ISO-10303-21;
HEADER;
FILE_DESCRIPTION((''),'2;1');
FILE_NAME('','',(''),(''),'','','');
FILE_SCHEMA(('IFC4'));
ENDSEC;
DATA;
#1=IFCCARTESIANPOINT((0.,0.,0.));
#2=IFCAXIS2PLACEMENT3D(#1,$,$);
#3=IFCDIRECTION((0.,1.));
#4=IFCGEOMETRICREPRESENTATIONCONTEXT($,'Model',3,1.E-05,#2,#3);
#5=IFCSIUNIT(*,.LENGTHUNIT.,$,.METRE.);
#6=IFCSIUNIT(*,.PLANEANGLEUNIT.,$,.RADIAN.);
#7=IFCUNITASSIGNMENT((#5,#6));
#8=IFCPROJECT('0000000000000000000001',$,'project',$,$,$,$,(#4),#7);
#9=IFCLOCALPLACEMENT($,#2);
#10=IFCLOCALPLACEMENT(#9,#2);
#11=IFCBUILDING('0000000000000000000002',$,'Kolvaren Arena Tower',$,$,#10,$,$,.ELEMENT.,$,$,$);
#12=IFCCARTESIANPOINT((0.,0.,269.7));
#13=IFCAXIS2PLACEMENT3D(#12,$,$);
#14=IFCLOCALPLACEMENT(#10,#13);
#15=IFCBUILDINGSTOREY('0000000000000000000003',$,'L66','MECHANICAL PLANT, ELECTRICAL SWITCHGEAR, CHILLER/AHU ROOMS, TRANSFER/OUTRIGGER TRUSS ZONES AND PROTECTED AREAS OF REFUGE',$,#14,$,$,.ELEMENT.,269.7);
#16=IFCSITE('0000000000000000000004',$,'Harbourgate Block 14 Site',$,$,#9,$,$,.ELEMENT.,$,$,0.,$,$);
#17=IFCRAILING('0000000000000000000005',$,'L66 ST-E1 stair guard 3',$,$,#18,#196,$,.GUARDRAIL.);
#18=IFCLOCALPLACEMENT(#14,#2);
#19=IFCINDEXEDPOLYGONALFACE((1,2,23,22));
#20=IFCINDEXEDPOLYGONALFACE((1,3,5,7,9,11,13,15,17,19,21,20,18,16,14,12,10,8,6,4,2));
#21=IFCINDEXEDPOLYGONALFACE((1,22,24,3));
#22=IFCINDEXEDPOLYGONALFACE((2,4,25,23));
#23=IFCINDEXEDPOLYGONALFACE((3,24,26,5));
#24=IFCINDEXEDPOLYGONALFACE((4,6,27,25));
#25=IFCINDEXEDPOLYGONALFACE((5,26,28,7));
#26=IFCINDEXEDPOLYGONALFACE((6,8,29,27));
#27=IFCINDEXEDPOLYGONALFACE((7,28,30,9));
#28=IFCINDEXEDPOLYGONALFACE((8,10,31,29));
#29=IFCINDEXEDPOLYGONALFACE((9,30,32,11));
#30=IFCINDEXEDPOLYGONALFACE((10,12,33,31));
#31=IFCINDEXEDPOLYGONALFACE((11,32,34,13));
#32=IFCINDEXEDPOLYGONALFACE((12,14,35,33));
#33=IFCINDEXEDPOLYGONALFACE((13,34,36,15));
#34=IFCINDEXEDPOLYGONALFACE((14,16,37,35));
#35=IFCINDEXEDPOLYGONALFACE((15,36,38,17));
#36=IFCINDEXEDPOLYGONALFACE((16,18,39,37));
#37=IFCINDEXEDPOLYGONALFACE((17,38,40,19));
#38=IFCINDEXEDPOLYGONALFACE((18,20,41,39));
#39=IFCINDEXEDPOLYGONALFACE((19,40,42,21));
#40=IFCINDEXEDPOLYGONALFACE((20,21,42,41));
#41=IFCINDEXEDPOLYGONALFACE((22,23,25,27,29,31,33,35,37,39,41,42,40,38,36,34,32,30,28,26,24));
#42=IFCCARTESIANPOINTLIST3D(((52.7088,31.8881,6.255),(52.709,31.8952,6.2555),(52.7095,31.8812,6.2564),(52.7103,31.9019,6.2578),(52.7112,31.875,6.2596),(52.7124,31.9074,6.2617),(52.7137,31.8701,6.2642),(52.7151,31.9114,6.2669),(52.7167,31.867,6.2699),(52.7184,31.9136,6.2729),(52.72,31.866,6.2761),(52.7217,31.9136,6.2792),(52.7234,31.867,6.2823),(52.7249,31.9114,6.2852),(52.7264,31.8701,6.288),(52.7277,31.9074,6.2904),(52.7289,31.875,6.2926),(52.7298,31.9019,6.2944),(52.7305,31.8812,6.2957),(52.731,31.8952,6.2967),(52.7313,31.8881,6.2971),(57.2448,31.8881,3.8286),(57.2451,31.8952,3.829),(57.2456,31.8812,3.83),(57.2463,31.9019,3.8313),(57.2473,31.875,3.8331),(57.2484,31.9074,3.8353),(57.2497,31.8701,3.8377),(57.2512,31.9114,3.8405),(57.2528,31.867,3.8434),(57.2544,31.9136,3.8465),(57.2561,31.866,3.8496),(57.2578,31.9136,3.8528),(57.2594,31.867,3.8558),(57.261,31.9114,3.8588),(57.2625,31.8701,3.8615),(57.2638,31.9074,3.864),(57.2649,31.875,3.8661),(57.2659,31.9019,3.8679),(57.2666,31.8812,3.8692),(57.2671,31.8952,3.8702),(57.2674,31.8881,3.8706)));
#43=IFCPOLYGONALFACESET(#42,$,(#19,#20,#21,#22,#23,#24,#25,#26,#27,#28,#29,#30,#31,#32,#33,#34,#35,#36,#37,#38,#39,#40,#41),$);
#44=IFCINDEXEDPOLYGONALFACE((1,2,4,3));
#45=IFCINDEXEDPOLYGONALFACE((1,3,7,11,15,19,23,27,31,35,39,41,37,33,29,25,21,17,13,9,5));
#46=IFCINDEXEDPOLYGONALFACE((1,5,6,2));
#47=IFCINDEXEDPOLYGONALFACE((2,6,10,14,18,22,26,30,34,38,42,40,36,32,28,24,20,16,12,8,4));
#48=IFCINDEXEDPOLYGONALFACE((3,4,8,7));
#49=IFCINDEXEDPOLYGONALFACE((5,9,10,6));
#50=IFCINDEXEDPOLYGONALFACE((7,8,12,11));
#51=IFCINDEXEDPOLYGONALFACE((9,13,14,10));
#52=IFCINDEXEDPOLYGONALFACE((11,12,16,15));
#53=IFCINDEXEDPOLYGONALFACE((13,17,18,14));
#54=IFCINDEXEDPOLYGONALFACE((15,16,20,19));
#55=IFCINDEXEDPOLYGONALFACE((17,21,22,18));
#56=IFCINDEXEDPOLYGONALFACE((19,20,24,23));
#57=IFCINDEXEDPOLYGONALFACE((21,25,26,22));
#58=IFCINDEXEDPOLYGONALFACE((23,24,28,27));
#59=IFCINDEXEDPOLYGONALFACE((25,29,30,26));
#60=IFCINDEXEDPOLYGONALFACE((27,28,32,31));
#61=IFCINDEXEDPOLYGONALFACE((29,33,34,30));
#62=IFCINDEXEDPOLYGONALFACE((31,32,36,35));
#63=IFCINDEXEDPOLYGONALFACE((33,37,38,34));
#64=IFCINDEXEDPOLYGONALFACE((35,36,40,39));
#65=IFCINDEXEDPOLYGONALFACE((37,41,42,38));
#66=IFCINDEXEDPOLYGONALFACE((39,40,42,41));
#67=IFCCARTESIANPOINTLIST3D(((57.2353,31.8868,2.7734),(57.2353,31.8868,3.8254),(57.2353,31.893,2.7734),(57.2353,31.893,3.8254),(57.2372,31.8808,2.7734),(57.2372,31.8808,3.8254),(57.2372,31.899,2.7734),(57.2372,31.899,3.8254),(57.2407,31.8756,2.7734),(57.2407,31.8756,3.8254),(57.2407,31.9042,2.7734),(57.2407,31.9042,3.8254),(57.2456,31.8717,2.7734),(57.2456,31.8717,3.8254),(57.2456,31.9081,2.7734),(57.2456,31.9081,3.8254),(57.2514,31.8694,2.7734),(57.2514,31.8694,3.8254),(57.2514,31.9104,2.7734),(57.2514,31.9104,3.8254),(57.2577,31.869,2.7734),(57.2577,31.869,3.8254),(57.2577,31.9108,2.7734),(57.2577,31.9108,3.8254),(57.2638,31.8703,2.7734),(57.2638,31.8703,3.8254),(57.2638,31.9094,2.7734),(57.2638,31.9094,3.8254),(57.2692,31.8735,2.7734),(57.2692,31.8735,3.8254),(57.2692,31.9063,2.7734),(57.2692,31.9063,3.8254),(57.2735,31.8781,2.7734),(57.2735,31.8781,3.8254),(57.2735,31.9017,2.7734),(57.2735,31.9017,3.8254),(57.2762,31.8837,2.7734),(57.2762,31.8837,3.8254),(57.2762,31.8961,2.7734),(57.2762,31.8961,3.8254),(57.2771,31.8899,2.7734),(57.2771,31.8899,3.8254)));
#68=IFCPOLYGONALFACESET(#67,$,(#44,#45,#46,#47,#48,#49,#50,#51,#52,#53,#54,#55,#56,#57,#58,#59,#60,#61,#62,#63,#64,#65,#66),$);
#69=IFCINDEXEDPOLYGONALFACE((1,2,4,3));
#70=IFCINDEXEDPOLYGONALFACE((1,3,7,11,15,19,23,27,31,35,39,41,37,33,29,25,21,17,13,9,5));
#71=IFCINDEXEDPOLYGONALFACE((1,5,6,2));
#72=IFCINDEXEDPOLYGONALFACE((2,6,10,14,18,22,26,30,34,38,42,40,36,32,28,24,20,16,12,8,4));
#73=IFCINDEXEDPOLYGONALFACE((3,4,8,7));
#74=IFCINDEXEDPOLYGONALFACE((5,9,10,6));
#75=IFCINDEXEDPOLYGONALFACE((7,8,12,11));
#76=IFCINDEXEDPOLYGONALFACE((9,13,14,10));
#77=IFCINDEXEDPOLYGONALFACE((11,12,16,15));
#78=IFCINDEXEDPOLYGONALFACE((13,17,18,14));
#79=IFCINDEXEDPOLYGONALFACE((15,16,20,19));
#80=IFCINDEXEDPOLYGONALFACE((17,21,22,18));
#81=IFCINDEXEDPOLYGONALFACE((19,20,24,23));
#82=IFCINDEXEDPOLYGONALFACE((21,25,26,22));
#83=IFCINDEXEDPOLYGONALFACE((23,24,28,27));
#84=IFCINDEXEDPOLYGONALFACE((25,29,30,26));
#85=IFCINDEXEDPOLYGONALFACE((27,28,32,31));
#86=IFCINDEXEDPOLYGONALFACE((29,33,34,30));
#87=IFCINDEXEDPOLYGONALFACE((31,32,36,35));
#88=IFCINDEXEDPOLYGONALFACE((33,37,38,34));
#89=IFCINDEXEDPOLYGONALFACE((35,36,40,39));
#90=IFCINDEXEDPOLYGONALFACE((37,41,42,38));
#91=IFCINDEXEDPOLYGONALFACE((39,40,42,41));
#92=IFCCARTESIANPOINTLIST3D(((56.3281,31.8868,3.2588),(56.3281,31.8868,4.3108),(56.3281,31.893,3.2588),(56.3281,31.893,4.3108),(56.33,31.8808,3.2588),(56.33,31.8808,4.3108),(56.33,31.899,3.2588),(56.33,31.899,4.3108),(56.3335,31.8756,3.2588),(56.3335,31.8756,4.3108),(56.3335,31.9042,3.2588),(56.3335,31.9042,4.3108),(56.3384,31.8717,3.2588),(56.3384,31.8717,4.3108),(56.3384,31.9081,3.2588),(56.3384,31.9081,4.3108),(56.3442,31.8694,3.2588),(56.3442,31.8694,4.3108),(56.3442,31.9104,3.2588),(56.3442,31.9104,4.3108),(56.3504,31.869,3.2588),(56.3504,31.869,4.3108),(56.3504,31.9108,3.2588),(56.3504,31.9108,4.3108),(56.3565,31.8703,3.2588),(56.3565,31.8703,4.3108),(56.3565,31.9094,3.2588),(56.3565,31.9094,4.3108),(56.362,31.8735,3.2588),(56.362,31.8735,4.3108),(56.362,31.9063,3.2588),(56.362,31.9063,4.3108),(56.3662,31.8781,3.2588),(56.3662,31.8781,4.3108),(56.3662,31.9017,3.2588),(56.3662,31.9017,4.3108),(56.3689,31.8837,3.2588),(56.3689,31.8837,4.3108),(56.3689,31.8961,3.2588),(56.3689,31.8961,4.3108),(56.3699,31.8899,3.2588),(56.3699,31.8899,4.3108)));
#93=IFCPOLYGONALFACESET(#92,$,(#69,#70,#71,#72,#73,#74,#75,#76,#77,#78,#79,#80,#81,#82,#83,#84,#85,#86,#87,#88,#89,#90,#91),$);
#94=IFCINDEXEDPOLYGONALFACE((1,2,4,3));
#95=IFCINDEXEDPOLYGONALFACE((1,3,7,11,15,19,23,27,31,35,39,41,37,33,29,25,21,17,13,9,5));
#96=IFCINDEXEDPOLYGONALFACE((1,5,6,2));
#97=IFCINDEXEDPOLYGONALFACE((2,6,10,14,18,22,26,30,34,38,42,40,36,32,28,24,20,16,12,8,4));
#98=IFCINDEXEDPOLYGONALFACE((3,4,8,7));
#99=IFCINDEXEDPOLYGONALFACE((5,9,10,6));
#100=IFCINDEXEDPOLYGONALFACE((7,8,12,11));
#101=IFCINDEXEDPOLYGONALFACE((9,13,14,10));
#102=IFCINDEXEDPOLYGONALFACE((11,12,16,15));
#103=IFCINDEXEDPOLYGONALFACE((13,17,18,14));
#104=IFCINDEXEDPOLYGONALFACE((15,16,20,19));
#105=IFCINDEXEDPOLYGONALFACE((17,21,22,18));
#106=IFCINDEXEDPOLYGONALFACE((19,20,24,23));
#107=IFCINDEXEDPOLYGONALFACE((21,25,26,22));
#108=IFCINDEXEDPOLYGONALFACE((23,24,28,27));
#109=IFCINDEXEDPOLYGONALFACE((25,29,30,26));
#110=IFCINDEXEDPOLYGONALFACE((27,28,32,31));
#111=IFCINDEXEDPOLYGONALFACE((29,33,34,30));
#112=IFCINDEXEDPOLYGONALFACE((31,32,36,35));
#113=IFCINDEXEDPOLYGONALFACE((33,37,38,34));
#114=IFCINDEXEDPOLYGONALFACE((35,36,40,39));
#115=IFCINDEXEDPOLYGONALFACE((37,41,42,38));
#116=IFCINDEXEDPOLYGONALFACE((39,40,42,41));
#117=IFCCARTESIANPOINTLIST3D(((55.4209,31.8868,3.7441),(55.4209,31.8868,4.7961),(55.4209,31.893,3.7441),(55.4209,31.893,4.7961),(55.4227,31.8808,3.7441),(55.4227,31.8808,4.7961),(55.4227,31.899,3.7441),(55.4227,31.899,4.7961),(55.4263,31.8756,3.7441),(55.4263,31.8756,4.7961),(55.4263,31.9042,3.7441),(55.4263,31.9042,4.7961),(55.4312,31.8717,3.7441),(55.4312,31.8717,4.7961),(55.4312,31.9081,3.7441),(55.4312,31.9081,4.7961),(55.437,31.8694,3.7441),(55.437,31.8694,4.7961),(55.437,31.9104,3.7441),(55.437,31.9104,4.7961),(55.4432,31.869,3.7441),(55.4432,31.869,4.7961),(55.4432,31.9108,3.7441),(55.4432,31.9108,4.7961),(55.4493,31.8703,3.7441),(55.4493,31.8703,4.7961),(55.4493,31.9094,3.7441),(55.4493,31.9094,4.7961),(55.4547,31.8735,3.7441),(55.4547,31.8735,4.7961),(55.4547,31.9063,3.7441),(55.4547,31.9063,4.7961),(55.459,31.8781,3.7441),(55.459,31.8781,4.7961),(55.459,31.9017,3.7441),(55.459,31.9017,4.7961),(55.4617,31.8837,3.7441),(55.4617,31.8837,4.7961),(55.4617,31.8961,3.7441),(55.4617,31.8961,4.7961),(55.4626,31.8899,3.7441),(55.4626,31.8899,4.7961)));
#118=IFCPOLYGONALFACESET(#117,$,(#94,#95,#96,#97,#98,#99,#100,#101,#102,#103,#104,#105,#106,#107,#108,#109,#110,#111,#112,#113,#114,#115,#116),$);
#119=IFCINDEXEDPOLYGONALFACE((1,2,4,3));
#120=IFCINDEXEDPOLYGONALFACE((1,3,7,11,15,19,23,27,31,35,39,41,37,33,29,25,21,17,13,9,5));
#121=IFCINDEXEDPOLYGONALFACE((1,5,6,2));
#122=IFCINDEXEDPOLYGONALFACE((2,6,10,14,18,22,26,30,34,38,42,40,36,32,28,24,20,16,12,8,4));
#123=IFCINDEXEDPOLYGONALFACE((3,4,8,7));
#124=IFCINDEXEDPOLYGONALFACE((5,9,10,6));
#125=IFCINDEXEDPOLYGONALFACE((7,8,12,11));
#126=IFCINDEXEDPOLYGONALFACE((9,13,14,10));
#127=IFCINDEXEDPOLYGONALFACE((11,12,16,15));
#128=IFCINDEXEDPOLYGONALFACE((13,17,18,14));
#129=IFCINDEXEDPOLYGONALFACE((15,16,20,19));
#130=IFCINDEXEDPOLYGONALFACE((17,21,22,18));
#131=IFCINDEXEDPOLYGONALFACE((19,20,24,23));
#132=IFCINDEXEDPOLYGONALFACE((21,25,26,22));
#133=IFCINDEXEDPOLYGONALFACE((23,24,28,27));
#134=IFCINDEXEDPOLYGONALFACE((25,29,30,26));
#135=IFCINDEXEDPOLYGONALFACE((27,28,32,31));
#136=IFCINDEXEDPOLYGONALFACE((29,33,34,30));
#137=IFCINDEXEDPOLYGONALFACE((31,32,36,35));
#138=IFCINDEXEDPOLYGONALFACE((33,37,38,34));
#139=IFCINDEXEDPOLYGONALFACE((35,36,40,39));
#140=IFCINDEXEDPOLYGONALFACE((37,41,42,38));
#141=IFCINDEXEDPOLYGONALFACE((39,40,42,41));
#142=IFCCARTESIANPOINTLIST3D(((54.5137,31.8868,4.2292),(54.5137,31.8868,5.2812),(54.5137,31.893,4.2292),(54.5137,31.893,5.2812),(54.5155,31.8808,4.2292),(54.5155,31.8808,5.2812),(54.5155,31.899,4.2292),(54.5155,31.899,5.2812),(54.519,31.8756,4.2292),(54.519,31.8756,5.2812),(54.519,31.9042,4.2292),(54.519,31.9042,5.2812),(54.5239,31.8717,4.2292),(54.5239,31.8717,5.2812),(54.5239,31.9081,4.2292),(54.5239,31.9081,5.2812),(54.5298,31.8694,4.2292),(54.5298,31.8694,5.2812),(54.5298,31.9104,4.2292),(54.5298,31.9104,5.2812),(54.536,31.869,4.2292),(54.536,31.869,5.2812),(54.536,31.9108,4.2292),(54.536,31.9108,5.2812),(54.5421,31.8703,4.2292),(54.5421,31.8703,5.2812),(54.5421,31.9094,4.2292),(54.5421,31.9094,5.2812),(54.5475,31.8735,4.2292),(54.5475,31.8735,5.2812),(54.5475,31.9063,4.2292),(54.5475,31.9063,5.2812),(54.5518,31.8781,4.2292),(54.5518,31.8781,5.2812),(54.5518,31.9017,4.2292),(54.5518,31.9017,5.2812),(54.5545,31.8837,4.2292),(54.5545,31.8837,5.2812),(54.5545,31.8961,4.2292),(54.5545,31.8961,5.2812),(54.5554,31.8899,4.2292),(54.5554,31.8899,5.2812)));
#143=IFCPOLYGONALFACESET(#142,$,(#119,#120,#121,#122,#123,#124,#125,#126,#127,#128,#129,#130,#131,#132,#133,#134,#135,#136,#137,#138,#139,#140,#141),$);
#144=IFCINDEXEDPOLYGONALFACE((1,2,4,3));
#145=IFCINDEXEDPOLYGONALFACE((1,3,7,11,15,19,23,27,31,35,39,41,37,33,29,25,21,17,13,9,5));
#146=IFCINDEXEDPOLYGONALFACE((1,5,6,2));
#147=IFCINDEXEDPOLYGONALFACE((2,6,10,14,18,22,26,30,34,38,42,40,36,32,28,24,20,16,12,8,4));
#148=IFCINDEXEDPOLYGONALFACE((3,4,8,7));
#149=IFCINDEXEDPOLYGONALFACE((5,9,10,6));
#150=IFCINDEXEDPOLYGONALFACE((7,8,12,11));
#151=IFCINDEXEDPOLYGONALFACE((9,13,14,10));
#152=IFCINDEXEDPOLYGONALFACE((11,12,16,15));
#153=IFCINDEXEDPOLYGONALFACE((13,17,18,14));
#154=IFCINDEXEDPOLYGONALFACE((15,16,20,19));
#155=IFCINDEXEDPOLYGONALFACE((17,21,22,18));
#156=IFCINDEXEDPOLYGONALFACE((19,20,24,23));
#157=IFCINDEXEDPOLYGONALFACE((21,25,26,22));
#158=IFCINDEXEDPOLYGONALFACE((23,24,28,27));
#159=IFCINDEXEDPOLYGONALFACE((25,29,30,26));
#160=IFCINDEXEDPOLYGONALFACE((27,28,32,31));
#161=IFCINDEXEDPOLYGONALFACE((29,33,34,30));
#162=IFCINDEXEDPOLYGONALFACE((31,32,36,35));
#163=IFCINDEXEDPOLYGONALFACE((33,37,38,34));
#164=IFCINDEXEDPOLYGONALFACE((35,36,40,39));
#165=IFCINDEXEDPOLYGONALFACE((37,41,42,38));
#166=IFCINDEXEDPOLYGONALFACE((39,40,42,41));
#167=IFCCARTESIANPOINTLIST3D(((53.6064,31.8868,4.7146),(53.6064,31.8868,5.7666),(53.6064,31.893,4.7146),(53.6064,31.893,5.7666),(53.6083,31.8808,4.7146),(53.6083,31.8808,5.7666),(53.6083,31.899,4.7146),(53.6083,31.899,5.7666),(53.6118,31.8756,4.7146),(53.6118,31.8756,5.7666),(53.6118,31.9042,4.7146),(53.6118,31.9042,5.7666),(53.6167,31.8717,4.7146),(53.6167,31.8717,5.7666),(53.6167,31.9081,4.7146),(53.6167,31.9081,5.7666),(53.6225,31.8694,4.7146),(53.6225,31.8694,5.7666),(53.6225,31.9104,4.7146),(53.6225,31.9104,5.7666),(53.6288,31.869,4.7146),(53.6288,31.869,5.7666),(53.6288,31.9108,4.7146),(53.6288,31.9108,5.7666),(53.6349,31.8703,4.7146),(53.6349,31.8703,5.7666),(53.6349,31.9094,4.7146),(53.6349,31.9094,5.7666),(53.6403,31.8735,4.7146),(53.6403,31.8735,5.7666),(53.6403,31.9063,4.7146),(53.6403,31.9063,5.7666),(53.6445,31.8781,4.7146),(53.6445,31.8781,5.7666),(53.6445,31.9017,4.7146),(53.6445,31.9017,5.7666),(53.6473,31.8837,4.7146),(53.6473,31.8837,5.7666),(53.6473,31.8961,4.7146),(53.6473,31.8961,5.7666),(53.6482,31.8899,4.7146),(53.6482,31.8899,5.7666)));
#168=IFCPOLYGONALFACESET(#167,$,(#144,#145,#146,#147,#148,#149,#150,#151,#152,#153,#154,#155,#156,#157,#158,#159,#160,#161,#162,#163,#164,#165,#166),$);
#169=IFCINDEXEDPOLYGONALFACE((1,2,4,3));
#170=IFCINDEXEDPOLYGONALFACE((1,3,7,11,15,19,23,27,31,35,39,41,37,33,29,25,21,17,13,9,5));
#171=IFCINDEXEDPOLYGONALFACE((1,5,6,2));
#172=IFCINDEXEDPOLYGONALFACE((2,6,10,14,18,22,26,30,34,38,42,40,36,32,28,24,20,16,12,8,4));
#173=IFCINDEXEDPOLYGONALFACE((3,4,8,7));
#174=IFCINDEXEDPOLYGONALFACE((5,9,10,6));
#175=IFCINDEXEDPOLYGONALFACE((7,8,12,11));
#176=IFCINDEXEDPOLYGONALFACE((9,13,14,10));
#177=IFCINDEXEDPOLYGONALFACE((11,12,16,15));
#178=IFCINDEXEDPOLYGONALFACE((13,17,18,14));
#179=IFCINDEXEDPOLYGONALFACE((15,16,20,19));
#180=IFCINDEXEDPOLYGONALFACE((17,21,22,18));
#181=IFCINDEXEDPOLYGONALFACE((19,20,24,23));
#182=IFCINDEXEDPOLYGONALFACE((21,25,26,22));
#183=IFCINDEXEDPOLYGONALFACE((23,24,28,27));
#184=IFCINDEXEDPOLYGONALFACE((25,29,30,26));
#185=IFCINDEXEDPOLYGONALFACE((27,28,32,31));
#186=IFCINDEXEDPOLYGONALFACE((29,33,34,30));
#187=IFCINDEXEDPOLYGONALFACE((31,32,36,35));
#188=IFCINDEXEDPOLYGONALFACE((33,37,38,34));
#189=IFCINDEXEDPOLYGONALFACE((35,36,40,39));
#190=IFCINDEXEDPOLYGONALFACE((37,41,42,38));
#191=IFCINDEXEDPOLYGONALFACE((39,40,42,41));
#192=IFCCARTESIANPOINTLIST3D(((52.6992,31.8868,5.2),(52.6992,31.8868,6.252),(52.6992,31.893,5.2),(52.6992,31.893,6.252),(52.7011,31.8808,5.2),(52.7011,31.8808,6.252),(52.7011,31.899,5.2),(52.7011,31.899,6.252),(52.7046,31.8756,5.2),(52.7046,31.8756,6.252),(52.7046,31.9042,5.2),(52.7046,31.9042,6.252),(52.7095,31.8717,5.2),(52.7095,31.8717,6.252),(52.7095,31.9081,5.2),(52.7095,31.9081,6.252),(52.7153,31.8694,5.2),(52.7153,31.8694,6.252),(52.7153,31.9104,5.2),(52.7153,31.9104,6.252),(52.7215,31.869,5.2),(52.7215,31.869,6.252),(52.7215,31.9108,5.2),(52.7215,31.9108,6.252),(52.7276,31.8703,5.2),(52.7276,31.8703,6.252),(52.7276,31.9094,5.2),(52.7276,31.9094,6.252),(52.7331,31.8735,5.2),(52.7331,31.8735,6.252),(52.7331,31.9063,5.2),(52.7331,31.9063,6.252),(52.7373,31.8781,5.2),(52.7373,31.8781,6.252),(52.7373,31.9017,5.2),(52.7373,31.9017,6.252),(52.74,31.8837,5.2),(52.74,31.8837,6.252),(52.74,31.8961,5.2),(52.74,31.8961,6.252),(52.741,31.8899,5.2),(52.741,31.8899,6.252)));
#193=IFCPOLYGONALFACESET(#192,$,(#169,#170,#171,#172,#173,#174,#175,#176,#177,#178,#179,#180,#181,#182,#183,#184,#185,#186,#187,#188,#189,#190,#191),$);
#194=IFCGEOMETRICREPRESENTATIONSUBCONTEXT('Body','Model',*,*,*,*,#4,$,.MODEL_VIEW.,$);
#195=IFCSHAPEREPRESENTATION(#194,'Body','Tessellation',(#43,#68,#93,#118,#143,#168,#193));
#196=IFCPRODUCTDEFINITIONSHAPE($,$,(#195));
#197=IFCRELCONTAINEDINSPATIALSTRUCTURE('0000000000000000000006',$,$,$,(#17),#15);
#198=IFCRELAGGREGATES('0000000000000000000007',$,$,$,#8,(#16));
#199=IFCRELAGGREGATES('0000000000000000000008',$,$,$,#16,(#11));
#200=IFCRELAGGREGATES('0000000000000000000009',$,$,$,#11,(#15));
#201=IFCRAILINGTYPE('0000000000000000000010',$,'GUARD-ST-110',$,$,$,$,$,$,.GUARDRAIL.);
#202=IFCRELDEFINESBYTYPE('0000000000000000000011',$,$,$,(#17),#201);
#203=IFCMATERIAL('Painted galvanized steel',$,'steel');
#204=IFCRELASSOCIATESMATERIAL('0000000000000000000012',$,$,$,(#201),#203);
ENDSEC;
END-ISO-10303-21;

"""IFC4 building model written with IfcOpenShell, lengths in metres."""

from ifc_helpers import new_model, si_unit, direction, frame, origin, origin_2d, place, context, subcontext, project, spatial, circle, extrude, material, type_object, element, save


model = new_model("IFC4")

# Units and contexts
model_context = context("Model", 3, precision=1e-05, world=origin(), true_north=direction((0.0, 1.0)))
body_context = subcontext(model_context, "Body", "Model", "MODEL_VIEW")
ifc_project = project(units=[si_unit("LENGTHUNIT", "METRE"), si_unit("PLANEANGLEUNIT", "RADIAN")], contexts=[model_context])

# Site, building, storey
site_placement = place(None, origin())
site = spatial("IfcSite", under=ifc_project, at=site_placement, Name="Harbourgate Block 14 Site", CompositionType="ELEMENT", RefElevation=0.0)
building_placement = place(site_placement, origin())
building = spatial("IfcBuilding", under=site, at=building_placement, Name="Kolvaren Arena Tower", CompositionType="ELEMENT")
storey_placement = place(building_placement, frame((0.0, 0.0, 269.7)))
storey = spatial("IfcBuildingStorey", under=building, at=storey_placement, Name="L66", Description="MECHANICAL PLANT, ELECTRICAL SWITCHGEAR, CHILLER/AHU ROOMS, TRANSFER/OUTRIGGER TRUSS ZONES AND PROTECTED AREAS OF REFUGE", CompositionType="ELEMENT", Elevation=269.7)

# Railing
ifc_material_1 = material(Name="Painted galvanized steel", Category="steel")
railing_type_1 = type_object("IfcRailingType", Name="GUARD-ST-110", PredefinedType="GUARDRAIL", material=ifc_material_1)
railing_1_placement = place(storey_placement, frame((57.2561, 31.8899, 2.7734)))
element("IfcRailing", 1, at=railing_1_placement, inside=storey, type_object=railing_type_1, Name="L66 ST-E1 stair guard 3", PredefinedType="GUARDRAIL", context=body_context, shape_type="SweptSolid", body=[
    extrude(circle(Radius=0.0239, at=origin_2d()), frame((0.0, 0.0, 1.0762), z_axis=(-0.881768, 0.0, 0.471684), x_axis=(0.0, -1.0, 0.0)), (0.0, 0.0, 1.0), 5.1443),
    extrude(circle(Radius=0.021, at=origin_2d()), origin(), (0.0, 0.0, 1.0), 1.052),
    extrude(circle(Radius=0.021, at=origin_2d()), frame((-0.9072, 0.0, 0.4854)), (0.0, 0.0, 1.0), 1.052),
    extrude(circle(Radius=0.021, at=origin_2d()), frame((-1.8145, 0.0, 0.9707)), (0.0, 0.0, 1.0), 1.052),
    extrude(circle(Radius=0.021, at=origin_2d()), frame((-2.7217, 0.0, 1.4558)), (0.0, 0.0, 1.0), 1.052),
    extrude(circle(Radius=0.021, at=origin_2d()), frame((-3.6289, 0.0, 1.9412)), (0.0, 0.0, 1.0), 1.052),
    extrude(circle(Radius=0.021, at=origin_2d()), frame((-4.5361, 0.0, 2.4265)), (0.0, 0.0, 1.0), 1.052),
])

save(model, "model.ifc")
